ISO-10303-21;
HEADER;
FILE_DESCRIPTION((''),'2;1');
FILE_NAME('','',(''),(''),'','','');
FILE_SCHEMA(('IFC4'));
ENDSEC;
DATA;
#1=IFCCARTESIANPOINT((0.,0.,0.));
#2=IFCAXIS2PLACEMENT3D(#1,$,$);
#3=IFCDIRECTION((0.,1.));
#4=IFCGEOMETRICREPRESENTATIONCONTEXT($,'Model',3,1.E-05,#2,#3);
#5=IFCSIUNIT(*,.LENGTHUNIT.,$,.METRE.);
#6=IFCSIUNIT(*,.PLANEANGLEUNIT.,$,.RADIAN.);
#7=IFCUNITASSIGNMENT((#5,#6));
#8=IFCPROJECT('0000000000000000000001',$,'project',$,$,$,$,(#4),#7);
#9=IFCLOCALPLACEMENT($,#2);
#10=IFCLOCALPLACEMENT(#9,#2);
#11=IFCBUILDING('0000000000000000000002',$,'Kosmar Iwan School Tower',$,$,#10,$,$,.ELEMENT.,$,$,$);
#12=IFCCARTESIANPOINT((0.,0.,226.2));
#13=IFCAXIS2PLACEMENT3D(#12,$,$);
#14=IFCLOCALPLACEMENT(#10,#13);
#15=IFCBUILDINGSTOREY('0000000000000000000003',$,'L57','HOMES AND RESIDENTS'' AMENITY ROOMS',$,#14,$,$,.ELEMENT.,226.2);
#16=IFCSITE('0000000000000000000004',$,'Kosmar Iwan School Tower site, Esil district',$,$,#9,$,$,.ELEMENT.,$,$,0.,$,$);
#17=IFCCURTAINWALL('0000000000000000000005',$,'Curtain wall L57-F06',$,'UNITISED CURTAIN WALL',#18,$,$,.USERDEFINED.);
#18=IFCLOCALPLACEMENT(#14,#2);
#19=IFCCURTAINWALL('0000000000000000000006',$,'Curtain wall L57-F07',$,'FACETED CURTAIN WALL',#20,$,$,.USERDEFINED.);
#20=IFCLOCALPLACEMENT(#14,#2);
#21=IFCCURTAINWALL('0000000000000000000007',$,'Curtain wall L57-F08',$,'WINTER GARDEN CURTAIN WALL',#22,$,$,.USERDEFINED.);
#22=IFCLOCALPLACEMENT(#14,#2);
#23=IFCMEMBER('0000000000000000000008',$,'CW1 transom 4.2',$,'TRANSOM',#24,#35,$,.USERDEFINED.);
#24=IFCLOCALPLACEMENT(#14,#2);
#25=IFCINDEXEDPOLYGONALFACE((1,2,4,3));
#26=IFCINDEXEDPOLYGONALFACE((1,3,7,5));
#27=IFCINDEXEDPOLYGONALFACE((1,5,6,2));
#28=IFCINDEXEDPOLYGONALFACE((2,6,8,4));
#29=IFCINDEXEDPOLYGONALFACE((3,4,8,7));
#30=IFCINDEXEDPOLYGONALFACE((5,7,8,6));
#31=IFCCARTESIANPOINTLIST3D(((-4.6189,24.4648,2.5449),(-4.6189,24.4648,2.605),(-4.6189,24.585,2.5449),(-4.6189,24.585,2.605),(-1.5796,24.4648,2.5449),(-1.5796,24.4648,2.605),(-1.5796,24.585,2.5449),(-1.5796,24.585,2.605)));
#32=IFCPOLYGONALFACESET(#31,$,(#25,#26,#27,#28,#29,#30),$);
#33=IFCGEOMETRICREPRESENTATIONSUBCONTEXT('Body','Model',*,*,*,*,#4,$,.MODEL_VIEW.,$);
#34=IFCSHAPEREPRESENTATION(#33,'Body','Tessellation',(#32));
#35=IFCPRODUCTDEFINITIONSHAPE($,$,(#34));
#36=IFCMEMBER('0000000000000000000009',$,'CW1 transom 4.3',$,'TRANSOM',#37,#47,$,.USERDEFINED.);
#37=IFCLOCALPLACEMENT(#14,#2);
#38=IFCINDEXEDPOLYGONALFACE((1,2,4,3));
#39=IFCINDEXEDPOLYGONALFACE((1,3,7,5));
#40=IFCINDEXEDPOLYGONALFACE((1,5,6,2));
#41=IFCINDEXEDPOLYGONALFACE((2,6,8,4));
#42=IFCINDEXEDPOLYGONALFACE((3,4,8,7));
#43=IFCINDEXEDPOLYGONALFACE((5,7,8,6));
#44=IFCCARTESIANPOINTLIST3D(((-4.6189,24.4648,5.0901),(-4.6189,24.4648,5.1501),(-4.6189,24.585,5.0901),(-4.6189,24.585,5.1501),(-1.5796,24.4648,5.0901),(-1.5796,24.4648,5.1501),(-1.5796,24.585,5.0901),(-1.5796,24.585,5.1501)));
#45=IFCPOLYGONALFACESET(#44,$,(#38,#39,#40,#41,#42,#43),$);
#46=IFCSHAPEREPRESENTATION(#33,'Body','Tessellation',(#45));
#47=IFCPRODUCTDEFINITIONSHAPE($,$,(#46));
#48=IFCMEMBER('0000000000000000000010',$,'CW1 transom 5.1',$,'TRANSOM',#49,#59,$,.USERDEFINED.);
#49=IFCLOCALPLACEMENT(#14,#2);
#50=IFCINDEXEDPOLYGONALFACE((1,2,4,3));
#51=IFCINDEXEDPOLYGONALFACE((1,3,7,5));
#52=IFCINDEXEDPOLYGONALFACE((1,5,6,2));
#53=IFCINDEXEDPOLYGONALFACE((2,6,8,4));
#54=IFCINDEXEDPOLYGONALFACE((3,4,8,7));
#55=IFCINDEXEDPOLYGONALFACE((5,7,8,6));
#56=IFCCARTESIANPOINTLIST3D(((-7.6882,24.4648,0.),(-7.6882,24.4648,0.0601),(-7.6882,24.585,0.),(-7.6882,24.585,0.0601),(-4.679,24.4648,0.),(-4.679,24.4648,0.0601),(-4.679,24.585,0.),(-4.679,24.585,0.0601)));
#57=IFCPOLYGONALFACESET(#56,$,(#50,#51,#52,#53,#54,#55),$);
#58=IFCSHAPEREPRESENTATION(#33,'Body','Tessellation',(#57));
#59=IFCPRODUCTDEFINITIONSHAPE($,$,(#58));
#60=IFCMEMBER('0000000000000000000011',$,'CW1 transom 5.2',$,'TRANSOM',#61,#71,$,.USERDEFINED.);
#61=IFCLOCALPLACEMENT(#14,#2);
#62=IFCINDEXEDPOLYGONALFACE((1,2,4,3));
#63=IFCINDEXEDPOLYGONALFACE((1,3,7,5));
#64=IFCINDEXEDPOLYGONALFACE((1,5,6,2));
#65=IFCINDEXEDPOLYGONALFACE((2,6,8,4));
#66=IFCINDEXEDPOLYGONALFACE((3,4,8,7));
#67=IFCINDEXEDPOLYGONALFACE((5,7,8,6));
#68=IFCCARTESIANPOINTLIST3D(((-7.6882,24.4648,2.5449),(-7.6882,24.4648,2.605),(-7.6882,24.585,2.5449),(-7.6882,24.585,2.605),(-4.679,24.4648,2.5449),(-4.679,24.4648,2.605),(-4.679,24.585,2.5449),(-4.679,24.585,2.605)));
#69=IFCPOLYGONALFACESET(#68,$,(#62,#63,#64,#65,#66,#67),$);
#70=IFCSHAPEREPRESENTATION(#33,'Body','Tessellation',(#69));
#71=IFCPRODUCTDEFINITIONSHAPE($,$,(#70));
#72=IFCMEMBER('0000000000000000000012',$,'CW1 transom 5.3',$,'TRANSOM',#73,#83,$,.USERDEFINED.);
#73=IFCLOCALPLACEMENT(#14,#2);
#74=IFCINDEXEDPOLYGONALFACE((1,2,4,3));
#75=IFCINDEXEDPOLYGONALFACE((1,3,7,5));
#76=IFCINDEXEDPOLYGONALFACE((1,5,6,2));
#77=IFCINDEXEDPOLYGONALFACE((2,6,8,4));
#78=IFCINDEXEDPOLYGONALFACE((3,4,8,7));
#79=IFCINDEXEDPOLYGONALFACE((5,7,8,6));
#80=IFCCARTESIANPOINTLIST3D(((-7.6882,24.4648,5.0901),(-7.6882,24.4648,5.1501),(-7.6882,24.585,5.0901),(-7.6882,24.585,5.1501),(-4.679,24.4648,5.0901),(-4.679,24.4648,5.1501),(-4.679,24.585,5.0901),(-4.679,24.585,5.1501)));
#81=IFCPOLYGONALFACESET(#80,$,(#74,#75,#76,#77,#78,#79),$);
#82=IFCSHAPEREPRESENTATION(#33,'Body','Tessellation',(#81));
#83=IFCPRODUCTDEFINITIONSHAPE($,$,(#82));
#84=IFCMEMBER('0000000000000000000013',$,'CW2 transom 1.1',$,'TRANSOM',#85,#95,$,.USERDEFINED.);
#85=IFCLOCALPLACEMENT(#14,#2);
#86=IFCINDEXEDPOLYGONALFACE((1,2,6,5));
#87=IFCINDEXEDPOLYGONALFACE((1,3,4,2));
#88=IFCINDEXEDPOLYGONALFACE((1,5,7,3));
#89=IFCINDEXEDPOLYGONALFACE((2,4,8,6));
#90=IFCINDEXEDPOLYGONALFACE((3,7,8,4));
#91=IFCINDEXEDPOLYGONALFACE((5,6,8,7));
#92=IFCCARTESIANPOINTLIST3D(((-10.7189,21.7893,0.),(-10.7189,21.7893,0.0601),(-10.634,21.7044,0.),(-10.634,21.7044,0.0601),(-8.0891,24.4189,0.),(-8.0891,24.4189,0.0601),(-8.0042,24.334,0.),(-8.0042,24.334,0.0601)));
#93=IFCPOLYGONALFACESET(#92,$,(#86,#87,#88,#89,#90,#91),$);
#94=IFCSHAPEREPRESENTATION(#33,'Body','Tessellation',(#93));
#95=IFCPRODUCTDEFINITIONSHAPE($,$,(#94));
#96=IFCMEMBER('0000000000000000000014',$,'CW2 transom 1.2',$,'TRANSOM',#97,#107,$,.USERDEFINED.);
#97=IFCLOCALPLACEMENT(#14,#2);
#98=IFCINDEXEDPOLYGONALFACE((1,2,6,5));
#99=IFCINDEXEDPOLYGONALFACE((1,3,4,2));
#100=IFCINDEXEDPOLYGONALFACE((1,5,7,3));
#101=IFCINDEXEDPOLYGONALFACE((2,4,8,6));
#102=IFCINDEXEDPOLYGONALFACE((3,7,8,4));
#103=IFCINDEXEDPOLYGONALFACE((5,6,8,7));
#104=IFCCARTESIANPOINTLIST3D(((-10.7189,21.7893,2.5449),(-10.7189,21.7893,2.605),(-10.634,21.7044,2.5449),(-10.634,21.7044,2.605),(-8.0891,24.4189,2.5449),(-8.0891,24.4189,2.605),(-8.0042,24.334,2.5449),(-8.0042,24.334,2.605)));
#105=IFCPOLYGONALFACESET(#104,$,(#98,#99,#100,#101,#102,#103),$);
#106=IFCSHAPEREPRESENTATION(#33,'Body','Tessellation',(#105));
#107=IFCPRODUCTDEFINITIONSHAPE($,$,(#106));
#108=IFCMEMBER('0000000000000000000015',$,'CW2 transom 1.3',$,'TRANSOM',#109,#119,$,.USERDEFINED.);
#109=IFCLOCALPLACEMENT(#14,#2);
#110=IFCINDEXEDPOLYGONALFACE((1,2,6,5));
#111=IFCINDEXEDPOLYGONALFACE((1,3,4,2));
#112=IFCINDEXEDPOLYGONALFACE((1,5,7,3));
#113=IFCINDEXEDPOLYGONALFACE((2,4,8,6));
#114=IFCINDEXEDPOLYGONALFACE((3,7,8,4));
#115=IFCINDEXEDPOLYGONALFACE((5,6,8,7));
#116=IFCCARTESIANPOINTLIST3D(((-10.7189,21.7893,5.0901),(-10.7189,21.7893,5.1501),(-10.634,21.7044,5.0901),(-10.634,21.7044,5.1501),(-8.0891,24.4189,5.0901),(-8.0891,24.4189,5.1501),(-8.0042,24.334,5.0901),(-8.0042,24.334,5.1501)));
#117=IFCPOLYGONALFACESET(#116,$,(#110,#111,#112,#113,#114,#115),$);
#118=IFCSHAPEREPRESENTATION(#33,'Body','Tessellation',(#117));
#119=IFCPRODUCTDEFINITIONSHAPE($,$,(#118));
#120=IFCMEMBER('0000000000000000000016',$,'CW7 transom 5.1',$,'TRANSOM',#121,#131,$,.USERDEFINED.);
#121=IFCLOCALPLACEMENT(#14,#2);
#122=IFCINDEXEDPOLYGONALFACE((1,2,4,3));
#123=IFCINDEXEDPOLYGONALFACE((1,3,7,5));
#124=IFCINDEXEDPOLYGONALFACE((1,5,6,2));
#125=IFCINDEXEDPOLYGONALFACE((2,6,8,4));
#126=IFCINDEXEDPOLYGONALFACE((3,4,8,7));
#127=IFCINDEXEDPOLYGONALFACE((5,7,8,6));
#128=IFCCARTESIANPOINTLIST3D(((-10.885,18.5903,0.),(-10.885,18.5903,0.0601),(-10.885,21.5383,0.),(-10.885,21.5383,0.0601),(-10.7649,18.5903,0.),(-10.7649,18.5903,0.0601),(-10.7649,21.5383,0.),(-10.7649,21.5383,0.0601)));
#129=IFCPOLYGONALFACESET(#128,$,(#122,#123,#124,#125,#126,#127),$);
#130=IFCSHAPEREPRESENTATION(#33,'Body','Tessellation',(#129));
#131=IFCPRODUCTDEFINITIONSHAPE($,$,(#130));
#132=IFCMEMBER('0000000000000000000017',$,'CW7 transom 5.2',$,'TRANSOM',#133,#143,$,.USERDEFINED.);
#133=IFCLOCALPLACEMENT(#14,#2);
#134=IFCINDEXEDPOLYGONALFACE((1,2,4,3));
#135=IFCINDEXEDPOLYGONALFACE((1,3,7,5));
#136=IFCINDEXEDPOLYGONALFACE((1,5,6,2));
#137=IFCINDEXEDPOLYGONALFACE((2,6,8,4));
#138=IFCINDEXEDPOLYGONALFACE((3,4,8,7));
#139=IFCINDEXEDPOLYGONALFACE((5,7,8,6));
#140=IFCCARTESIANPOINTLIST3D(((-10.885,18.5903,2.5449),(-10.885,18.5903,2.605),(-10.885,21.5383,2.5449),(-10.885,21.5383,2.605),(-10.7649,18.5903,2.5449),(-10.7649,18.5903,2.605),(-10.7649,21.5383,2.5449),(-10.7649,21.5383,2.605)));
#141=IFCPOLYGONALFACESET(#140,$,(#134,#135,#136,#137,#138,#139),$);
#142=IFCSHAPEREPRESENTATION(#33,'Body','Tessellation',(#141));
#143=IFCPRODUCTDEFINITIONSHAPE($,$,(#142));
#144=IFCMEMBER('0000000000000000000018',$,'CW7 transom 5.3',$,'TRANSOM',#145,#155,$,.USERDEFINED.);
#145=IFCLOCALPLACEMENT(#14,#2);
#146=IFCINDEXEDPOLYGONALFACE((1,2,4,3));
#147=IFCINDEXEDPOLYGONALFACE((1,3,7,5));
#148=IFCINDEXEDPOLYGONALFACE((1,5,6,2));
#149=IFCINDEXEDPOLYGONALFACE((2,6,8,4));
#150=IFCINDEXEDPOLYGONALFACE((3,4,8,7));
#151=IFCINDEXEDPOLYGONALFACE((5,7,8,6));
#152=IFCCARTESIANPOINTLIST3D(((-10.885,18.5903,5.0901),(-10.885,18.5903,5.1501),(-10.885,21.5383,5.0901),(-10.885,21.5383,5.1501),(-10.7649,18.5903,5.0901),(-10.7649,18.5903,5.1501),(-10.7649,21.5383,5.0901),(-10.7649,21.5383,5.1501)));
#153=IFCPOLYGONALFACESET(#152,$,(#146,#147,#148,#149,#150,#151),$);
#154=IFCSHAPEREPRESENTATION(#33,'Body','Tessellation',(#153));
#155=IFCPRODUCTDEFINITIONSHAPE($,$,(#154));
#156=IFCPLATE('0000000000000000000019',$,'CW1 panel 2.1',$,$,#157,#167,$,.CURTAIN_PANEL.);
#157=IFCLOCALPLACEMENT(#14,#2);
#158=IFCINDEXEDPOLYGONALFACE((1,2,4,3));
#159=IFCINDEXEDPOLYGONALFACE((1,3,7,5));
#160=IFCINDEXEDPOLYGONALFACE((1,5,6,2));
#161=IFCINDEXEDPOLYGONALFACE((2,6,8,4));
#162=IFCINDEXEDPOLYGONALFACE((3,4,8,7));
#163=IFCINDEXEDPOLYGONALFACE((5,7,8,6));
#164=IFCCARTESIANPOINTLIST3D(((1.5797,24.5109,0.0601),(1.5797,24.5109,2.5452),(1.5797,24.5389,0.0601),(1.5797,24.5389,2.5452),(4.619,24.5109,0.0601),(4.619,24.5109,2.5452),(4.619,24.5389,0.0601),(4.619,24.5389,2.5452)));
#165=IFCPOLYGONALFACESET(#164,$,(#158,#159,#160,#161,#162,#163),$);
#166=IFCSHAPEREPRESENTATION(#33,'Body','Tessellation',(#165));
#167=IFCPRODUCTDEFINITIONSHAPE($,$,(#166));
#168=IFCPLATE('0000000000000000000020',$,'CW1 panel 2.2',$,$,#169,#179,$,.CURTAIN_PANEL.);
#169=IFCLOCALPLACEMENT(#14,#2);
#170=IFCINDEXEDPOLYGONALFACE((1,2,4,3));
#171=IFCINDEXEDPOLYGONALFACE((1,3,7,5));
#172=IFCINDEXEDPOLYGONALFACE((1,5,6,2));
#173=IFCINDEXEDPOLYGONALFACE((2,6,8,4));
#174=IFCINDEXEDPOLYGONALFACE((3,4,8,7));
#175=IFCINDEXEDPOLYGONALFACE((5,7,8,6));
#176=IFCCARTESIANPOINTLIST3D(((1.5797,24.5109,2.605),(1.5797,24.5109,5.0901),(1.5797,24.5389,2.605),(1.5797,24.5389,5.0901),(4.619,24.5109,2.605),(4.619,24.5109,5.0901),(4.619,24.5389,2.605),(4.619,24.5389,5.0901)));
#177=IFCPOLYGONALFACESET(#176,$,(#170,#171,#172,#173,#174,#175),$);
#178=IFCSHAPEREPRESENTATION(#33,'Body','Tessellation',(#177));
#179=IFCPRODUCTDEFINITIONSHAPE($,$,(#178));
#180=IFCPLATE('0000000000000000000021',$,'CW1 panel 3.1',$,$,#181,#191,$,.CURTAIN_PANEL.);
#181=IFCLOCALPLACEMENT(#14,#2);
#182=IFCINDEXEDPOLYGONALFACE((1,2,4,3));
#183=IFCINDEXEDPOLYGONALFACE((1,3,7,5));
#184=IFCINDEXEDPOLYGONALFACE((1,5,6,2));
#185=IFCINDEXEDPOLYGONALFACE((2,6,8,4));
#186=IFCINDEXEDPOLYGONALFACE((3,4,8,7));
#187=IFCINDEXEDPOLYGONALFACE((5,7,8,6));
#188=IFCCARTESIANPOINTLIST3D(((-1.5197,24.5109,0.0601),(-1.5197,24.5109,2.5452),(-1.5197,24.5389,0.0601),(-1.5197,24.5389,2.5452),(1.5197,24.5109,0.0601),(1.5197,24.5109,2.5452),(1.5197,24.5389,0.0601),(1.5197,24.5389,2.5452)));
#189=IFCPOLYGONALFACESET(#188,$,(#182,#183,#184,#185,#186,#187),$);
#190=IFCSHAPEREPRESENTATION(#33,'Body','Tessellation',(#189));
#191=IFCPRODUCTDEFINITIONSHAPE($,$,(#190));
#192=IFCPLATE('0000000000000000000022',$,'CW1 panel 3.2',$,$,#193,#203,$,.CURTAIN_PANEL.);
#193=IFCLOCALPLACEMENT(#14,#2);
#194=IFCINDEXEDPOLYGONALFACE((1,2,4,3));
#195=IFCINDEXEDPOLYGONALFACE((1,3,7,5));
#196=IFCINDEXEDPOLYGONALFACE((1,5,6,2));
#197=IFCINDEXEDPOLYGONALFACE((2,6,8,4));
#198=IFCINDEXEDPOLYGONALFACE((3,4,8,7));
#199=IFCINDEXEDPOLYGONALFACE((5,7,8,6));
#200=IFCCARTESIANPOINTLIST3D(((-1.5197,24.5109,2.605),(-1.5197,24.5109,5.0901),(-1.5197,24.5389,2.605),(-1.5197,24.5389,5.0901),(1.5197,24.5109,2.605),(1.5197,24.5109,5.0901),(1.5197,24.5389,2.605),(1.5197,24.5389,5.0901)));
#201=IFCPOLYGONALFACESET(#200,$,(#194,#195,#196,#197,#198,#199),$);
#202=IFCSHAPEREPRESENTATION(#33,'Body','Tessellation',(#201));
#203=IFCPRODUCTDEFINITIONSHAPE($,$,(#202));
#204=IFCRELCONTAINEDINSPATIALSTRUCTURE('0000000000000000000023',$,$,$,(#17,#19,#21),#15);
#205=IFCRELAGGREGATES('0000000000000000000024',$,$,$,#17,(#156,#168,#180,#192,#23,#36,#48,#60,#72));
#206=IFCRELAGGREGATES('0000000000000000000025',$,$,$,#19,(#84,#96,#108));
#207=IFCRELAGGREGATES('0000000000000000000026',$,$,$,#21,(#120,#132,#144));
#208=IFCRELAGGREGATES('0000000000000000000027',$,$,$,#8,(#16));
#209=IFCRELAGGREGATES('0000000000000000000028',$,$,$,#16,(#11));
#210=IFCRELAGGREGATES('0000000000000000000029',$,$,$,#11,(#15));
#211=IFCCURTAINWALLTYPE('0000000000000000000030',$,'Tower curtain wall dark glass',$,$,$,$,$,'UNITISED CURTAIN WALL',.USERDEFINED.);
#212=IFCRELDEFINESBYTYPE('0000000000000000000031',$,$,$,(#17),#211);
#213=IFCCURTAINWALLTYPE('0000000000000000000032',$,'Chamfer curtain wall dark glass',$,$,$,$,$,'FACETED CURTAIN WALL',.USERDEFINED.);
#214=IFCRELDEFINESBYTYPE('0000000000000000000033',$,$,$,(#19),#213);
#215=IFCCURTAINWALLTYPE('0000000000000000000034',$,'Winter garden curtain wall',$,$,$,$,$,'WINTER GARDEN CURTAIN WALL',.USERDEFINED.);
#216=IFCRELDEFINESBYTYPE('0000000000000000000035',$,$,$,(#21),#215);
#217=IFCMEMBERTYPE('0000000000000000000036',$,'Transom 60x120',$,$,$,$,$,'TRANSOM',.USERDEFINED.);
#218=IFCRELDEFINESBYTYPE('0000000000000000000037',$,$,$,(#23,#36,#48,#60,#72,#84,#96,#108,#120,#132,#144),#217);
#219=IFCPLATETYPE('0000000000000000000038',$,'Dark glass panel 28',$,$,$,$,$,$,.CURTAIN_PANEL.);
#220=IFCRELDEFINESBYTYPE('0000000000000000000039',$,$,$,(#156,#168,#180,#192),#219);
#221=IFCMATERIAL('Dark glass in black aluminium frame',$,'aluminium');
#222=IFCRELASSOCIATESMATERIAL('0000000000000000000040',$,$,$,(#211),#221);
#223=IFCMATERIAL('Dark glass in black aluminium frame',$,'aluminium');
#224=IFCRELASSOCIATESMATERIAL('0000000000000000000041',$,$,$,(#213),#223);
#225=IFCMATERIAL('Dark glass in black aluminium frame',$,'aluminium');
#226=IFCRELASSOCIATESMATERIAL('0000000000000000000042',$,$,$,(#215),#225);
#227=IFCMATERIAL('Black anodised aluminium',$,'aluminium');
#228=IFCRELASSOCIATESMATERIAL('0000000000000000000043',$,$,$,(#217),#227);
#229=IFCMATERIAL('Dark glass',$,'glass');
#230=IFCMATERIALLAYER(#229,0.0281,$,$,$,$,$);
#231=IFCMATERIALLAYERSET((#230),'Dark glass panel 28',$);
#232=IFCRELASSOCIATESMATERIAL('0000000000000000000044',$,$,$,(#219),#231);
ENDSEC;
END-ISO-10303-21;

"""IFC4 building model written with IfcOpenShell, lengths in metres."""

from ifc_helpers import new_model, si_unit, direction, frame, origin, origin_2d, place, context, subcontext, project, spatial, rectangle, extrude, material, layer, layer_set, material_profile, profile_set, type_object, element, aggregate, save


model = new_model("IFC4")

# Units and contexts
model_context = context("Model", 3, precision=1e-05, world=origin(), true_north=direction((0.0, 1.0)))
body_context = subcontext(model_context, "Body", "Model", "MODEL_VIEW")
ifc_project = project(units=[si_unit("LENGTHUNIT", "METRE"), si_unit("PLANEANGLEUNIT", "RADIAN")], contexts=[model_context])

# Site, building, storey
site_placement = place(None, origin())
site = spatial("IfcSite", under=ifc_project, at=site_placement, Name="Kosmar Iwan School Tower site, Esil district", CompositionType="ELEMENT", RefElevation=0.0)
building_placement = place(site_placement, origin())
building = spatial("IfcBuilding", under=site, at=building_placement, Name="Kosmar Iwan School Tower", CompositionType="ELEMENT")
storey_placement = place(building_placement, frame((0.0, 0.0, 226.2)))
storey = spatial("IfcBuildingStorey", under=building, at=storey_placement, Name="L57", Description="HOMES AND RESIDENTS' AMENITY ROOMS", CompositionType="ELEMENT", Elevation=226.2)

# Curtain walls
ifc_material_1 = material(Name="Dark glass in black aluminium frame", Category="aluminium")
curtain_wall_type_1 = type_object("IfcCurtainWallType", Name="Tower curtain wall dark glass", ElementType="UNITISED CURTAIN WALL", PredefinedType="USERDEFINED", material=ifc_material_1)
curtain_wall_1_placement = place(storey_placement, origin())
curtain_wall_1 = element("IfcCurtainWall", 1, at=curtain_wall_1_placement, inside=storey, type_object=curtain_wall_type_1, Name="Curtain wall L57-F06", ObjectType="UNITISED CURTAIN WALL", PredefinedType="USERDEFINED")
ifc_material_2 = material(Name="Dark glass in black aluminium frame", Category="aluminium")
curtain_wall_type_2 = type_object("IfcCurtainWallType", Name="Chamfer curtain wall dark glass", ElementType="FACETED CURTAIN WALL", PredefinedType="USERDEFINED", material=ifc_material_2)
curtain_wall_2_placement = place(storey_placement, origin())
curtain_wall_2 = element("IfcCurtainWall", 2, at=curtain_wall_2_placement, inside=storey, type_object=curtain_wall_type_2, Name="Curtain wall L57-F07", ObjectType="FACETED CURTAIN WALL", PredefinedType="USERDEFINED")

# Curtain wall
ifc_material_3 = material(Name="Dark glass in black aluminium frame", Category="aluminium")
curtain_wall_type_3 = type_object("IfcCurtainWallType", Name="Winter garden curtain wall", ElementType="WINTER GARDEN CURTAIN WALL", PredefinedType="USERDEFINED", material=ifc_material_3)
curtain_wall_3_placement = place(storey_placement, origin())
curtain_wall_3 = element("IfcCurtainWall", 3, at=curtain_wall_3_placement, inside=storey, type_object=curtain_wall_type_3, Name="Curtain wall L57-F08", ObjectType="WINTER GARDEN CURTAIN WALL", PredefinedType="USERDEFINED")

# Members
ifc_material_4 = material(Name="Black anodised aluminium", Category="aluminium")
ifc_material_profile_1 = material_profile(ifc_material_4, rectangle(XDim=0.1201, YDim=0.0601, at=origin_2d()), Name="TRANSOM 60x120")
ifc_profile_set_1 = profile_set([ifc_material_profile_1], Name="Black anodised aluminium")
member_type_1 = type_object("IfcMemberType", Name="Transom 60x120", ElementType="TRANSOM", PredefinedType="USERDEFINED", material=ifc_profile_set_1)
member_1_placement = place(storey_placement, frame((-1.5796, 24.5249, 2.575), z_axis=(-1.0, 0.0, 0.0), x_axis=(0.0, -1.0, 0.0)))
member_1 = element("IfcMember", 4, at=member_1_placement, type_object=member_type_1, Name="CW1 transom 4.2", ObjectType="TRANSOM", PredefinedType="USERDEFINED", context=body_context, shape_type="SweptSolid", body=[
    extrude(rectangle(XDim=0.1201, YDim=0.0601, at=origin_2d()), origin(), (0.0, 0.0, 1.0), 3.0393),
])
member_2_placement = place(storey_placement, frame((-1.5796, 24.5249, 5.1201), z_axis=(-1.0, 0.0, 0.0), x_axis=(0.0, -1.0, 0.0)))
member_2 = element("IfcMember", 5, at=member_2_placement, type_object=member_type_1, Name="CW1 transom 4.3", ObjectType="TRANSOM", PredefinedType="USERDEFINED", context=body_context, shape_type="SweptSolid", body=[
    extrude(rectangle(XDim=0.1201, YDim=0.0601, at=origin_2d()), origin(), (0.0, 0.0, 1.0), 3.0393),
])
member_3_placement = place(storey_placement, frame((-4.679, 24.5249, 0.03), z_axis=(-1.0, 0.0, 0.0), x_axis=(0.0, -1.0, 0.0)))
member_3 = element("IfcMember", 6, at=member_3_placement, type_object=member_type_1, Name="CW1 transom 5.1", ObjectType="TRANSOM", PredefinedType="USERDEFINED", context=body_context, shape_type="SweptSolid", body=[
    extrude(rectangle(XDim=0.1201, YDim=0.0601, at=origin_2d()), origin(), (0.0, 0.0, 1.0), 3.0093),
])
member_4_placement = place(storey_placement, frame((-4.679, 24.5249, 2.575), z_axis=(-1.0, 0.0, 0.0), x_axis=(0.0, -1.0, 0.0)))
member_4 = element("IfcMember", 7, at=member_4_placement, type_object=member_type_1, Name="CW1 transom 5.2", ObjectType="TRANSOM", PredefinedType="USERDEFINED", context=body_context, shape_type="SweptSolid", body=[
    extrude(rectangle(XDim=0.1201, YDim=0.0601, at=origin_2d()), origin(), (0.0, 0.0, 1.0), 3.0093),
])
member_5_placement = place(storey_placement, frame((-4.679, 24.5249, 5.1201), z_axis=(-1.0, 0.0, 0.0), x_axis=(0.0, -1.0, 0.0)))
member_5 = element("IfcMember", 8, at=member_5_placement, type_object=member_type_1, Name="CW1 transom 5.3", ObjectType="TRANSOM", PredefinedType="USERDEFINED", context=body_context, shape_type="SweptSolid", body=[
    extrude(rectangle(XDim=0.1201, YDim=0.0601, at=origin_2d()), origin(), (0.0, 0.0, 1.0), 3.0093),
])
member_6_placement = place(storey_placement, frame((-8.0466, 24.3765, 0.03), z_axis=(-0.70714, -0.707074, 0.0), x_axis=(0.707074, -0.70714, 0.0)))
member_6 = element("IfcMember", 9, at=member_6_placement, type_object=member_type_1, Name="CW2 transom 1.1", ObjectType="TRANSOM", PredefinedType="USERDEFINED", context=body_context, shape_type="SweptSolid", body=[
    extrude(rectangle(XDim=0.1201, YDim=0.0601, at=origin_2d()), origin(), (0.0, 0.0, 1.0), 3.719),
])
member_7_placement = place(storey_placement, frame((-8.0466, 24.3765, 2.575), z_axis=(-0.70714, -0.707074, 0.0), x_axis=(0.707074, -0.70714, 0.0)))
member_7 = element("IfcMember", 10, at=member_7_placement, type_object=member_type_1, Name="CW2 transom 1.2", ObjectType="TRANSOM", PredefinedType="USERDEFINED", context=body_context, shape_type="SweptSolid", body=[
    extrude(rectangle(XDim=0.1201, YDim=0.0601, at=origin_2d()), origin(), (0.0, 0.0, 1.0), 3.719),
])
member_8_placement = place(storey_placement, frame((-8.0466, 24.3765, 5.1201), z_axis=(-0.70714, -0.707074, 0.0), x_axis=(0.707074, -0.70714, 0.0)))
member_8 = element("IfcMember", 11, at=member_8_placement, type_object=member_type_1, Name="CW2 transom 1.3", ObjectType="TRANSOM", PredefinedType="USERDEFINED", context=body_context, shape_type="SweptSolid", body=[
    extrude(rectangle(XDim=0.1201, YDim=0.0601, at=origin_2d()), origin(), (0.0, 0.0, 1.0), 3.719),
])
member_9_placement = place(storey_placement, frame((-10.825, 18.5903, 0.03), z_axis=(0.0, 1.0, 0.0), x_axis=(-1.0, 0.0, 0.0)))
member_9 = element("IfcMember", 12, at=member_9_placement, type_object=member_type_1, Name="CW7 transom 5.1", ObjectType="TRANSOM", PredefinedType="USERDEFINED", context=body_context, shape_type="SweptSolid", body=[
    extrude(rectangle(XDim=0.1201, YDim=0.0601, at=origin_2d()), origin(), (0.0, 0.0, 1.0), 2.948),
])
member_10_placement = place(storey_placement, frame((-10.825, 18.5903, 2.575), z_axis=(0.0, 1.0, 0.0), x_axis=(-1.0, 0.0, 0.0)))
member_10 = element("IfcMember", 13, at=member_10_placement, type_object=member_type_1, Name="CW7 transom 5.2", ObjectType="TRANSOM", PredefinedType="USERDEFINED", context=body_context, shape_type="SweptSolid", body=[
    extrude(rectangle(XDim=0.1201, YDim=0.0601, at=origin_2d()), origin(), (0.0, 0.0, 1.0), 2.948),
])
member_11_placement = place(storey_placement, frame((-10.825, 18.5903, 5.1201), z_axis=(0.0, 1.0, 0.0), x_axis=(-1.0, 0.0, 0.0)))
member_11 = element("IfcMember", 14, at=member_11_placement, type_object=member_type_1, Name="CW7 transom 5.3", ObjectType="TRANSOM", PredefinedType="USERDEFINED", context=body_context, shape_type="SweptSolid", body=[
    extrude(rectangle(XDim=0.1201, YDim=0.0601, at=origin_2d()), origin(), (0.0, 0.0, 1.0), 2.948),
])

# Plates
ifc_material_5 = material(Name="Dark glass", Category="glass")
ifc_layer = layer(ifc_material_5, 0.0281)
ifc_layer_set = layer_set([ifc_layer], Name="Dark glass panel 28")
plate_type = type_object("IfcPlateType", Name="Dark glass panel 28", PredefinedType="CURTAIN_PANEL", material=ifc_layer_set)
plate_1_placement = place(storey_placement, frame((3.0994, 24.5249, 0.0601), z_axis=(0.0, 0.0, 1.0), x_axis=(-1.0, 0.0, 0.0)))
plate_1 = element("IfcPlate", 15, at=plate_1_placement, type_object=plate_type, Name="CW1 panel 2.1", PredefinedType="CURTAIN_PANEL", context=body_context, shape_type="SweptSolid", body=[
    extrude(rectangle(XDim=3.0393, YDim=0.0281, at=origin_2d()), origin(), (0.0, 0.0, 1.0), 2.4851),
])
plate_2_placement = place(storey_placement, frame((3.0994, 24.5249, 2.605), z_axis=(0.0, 0.0, 1.0), x_axis=(-1.0, 0.0, 0.0)))
plate_2 = element("IfcPlate", 16, at=plate_2_placement, type_object=plate_type, Name="CW1 panel 2.2", PredefinedType="CURTAIN_PANEL", context=body_context, shape_type="SweptSolid", body=[
    extrude(rectangle(XDim=3.0393, YDim=0.0281, at=origin_2d()), origin(), (0.0, 0.0, 1.0), 2.4851),
])
plate_3_placement = place(storey_placement, frame((0.0, 24.5249, 0.0601), z_axis=(0.0, 0.0, 1.0), x_axis=(-1.0, 0.0, 0.0)))
plate_3 = element("IfcPlate", 17, at=plate_3_placement, type_object=plate_type, Name="CW1 panel 3.1", PredefinedType="CURTAIN_PANEL", context=body_context, shape_type="SweptSolid", body=[
    extrude(rectangle(XDim=3.0393, YDim=0.0281, at=origin_2d()), origin(), (0.0, 0.0, 1.0), 2.4851),
])
plate_4_placement = place(storey_placement, frame((0.0, 24.5249, 2.605), z_axis=(0.0, 0.0, 1.0), x_axis=(-1.0, 0.0, 0.0)))
plate_4 = element("IfcPlate", 18, at=plate_4_placement, type_object=plate_type, Name="CW1 panel 3.2", PredefinedType="CURTAIN_PANEL", context=body_context, shape_type="SweptSolid", body=[
    extrude(rectangle(XDim=3.0393, YDim=0.0281, at=origin_2d()), origin(), (0.0, 0.0, 1.0), 2.4851),
])
aggregate(curtain_wall_1, [plate_1, plate_2, plate_3, plate_4, member_1, member_2, member_3, member_4, member_5])
aggregate(curtain_wall_2, [member_6, member_7, member_8])
aggregate(curtain_wall_3, [member_9, member_10, member_11])

save(model, "model.ifc")
